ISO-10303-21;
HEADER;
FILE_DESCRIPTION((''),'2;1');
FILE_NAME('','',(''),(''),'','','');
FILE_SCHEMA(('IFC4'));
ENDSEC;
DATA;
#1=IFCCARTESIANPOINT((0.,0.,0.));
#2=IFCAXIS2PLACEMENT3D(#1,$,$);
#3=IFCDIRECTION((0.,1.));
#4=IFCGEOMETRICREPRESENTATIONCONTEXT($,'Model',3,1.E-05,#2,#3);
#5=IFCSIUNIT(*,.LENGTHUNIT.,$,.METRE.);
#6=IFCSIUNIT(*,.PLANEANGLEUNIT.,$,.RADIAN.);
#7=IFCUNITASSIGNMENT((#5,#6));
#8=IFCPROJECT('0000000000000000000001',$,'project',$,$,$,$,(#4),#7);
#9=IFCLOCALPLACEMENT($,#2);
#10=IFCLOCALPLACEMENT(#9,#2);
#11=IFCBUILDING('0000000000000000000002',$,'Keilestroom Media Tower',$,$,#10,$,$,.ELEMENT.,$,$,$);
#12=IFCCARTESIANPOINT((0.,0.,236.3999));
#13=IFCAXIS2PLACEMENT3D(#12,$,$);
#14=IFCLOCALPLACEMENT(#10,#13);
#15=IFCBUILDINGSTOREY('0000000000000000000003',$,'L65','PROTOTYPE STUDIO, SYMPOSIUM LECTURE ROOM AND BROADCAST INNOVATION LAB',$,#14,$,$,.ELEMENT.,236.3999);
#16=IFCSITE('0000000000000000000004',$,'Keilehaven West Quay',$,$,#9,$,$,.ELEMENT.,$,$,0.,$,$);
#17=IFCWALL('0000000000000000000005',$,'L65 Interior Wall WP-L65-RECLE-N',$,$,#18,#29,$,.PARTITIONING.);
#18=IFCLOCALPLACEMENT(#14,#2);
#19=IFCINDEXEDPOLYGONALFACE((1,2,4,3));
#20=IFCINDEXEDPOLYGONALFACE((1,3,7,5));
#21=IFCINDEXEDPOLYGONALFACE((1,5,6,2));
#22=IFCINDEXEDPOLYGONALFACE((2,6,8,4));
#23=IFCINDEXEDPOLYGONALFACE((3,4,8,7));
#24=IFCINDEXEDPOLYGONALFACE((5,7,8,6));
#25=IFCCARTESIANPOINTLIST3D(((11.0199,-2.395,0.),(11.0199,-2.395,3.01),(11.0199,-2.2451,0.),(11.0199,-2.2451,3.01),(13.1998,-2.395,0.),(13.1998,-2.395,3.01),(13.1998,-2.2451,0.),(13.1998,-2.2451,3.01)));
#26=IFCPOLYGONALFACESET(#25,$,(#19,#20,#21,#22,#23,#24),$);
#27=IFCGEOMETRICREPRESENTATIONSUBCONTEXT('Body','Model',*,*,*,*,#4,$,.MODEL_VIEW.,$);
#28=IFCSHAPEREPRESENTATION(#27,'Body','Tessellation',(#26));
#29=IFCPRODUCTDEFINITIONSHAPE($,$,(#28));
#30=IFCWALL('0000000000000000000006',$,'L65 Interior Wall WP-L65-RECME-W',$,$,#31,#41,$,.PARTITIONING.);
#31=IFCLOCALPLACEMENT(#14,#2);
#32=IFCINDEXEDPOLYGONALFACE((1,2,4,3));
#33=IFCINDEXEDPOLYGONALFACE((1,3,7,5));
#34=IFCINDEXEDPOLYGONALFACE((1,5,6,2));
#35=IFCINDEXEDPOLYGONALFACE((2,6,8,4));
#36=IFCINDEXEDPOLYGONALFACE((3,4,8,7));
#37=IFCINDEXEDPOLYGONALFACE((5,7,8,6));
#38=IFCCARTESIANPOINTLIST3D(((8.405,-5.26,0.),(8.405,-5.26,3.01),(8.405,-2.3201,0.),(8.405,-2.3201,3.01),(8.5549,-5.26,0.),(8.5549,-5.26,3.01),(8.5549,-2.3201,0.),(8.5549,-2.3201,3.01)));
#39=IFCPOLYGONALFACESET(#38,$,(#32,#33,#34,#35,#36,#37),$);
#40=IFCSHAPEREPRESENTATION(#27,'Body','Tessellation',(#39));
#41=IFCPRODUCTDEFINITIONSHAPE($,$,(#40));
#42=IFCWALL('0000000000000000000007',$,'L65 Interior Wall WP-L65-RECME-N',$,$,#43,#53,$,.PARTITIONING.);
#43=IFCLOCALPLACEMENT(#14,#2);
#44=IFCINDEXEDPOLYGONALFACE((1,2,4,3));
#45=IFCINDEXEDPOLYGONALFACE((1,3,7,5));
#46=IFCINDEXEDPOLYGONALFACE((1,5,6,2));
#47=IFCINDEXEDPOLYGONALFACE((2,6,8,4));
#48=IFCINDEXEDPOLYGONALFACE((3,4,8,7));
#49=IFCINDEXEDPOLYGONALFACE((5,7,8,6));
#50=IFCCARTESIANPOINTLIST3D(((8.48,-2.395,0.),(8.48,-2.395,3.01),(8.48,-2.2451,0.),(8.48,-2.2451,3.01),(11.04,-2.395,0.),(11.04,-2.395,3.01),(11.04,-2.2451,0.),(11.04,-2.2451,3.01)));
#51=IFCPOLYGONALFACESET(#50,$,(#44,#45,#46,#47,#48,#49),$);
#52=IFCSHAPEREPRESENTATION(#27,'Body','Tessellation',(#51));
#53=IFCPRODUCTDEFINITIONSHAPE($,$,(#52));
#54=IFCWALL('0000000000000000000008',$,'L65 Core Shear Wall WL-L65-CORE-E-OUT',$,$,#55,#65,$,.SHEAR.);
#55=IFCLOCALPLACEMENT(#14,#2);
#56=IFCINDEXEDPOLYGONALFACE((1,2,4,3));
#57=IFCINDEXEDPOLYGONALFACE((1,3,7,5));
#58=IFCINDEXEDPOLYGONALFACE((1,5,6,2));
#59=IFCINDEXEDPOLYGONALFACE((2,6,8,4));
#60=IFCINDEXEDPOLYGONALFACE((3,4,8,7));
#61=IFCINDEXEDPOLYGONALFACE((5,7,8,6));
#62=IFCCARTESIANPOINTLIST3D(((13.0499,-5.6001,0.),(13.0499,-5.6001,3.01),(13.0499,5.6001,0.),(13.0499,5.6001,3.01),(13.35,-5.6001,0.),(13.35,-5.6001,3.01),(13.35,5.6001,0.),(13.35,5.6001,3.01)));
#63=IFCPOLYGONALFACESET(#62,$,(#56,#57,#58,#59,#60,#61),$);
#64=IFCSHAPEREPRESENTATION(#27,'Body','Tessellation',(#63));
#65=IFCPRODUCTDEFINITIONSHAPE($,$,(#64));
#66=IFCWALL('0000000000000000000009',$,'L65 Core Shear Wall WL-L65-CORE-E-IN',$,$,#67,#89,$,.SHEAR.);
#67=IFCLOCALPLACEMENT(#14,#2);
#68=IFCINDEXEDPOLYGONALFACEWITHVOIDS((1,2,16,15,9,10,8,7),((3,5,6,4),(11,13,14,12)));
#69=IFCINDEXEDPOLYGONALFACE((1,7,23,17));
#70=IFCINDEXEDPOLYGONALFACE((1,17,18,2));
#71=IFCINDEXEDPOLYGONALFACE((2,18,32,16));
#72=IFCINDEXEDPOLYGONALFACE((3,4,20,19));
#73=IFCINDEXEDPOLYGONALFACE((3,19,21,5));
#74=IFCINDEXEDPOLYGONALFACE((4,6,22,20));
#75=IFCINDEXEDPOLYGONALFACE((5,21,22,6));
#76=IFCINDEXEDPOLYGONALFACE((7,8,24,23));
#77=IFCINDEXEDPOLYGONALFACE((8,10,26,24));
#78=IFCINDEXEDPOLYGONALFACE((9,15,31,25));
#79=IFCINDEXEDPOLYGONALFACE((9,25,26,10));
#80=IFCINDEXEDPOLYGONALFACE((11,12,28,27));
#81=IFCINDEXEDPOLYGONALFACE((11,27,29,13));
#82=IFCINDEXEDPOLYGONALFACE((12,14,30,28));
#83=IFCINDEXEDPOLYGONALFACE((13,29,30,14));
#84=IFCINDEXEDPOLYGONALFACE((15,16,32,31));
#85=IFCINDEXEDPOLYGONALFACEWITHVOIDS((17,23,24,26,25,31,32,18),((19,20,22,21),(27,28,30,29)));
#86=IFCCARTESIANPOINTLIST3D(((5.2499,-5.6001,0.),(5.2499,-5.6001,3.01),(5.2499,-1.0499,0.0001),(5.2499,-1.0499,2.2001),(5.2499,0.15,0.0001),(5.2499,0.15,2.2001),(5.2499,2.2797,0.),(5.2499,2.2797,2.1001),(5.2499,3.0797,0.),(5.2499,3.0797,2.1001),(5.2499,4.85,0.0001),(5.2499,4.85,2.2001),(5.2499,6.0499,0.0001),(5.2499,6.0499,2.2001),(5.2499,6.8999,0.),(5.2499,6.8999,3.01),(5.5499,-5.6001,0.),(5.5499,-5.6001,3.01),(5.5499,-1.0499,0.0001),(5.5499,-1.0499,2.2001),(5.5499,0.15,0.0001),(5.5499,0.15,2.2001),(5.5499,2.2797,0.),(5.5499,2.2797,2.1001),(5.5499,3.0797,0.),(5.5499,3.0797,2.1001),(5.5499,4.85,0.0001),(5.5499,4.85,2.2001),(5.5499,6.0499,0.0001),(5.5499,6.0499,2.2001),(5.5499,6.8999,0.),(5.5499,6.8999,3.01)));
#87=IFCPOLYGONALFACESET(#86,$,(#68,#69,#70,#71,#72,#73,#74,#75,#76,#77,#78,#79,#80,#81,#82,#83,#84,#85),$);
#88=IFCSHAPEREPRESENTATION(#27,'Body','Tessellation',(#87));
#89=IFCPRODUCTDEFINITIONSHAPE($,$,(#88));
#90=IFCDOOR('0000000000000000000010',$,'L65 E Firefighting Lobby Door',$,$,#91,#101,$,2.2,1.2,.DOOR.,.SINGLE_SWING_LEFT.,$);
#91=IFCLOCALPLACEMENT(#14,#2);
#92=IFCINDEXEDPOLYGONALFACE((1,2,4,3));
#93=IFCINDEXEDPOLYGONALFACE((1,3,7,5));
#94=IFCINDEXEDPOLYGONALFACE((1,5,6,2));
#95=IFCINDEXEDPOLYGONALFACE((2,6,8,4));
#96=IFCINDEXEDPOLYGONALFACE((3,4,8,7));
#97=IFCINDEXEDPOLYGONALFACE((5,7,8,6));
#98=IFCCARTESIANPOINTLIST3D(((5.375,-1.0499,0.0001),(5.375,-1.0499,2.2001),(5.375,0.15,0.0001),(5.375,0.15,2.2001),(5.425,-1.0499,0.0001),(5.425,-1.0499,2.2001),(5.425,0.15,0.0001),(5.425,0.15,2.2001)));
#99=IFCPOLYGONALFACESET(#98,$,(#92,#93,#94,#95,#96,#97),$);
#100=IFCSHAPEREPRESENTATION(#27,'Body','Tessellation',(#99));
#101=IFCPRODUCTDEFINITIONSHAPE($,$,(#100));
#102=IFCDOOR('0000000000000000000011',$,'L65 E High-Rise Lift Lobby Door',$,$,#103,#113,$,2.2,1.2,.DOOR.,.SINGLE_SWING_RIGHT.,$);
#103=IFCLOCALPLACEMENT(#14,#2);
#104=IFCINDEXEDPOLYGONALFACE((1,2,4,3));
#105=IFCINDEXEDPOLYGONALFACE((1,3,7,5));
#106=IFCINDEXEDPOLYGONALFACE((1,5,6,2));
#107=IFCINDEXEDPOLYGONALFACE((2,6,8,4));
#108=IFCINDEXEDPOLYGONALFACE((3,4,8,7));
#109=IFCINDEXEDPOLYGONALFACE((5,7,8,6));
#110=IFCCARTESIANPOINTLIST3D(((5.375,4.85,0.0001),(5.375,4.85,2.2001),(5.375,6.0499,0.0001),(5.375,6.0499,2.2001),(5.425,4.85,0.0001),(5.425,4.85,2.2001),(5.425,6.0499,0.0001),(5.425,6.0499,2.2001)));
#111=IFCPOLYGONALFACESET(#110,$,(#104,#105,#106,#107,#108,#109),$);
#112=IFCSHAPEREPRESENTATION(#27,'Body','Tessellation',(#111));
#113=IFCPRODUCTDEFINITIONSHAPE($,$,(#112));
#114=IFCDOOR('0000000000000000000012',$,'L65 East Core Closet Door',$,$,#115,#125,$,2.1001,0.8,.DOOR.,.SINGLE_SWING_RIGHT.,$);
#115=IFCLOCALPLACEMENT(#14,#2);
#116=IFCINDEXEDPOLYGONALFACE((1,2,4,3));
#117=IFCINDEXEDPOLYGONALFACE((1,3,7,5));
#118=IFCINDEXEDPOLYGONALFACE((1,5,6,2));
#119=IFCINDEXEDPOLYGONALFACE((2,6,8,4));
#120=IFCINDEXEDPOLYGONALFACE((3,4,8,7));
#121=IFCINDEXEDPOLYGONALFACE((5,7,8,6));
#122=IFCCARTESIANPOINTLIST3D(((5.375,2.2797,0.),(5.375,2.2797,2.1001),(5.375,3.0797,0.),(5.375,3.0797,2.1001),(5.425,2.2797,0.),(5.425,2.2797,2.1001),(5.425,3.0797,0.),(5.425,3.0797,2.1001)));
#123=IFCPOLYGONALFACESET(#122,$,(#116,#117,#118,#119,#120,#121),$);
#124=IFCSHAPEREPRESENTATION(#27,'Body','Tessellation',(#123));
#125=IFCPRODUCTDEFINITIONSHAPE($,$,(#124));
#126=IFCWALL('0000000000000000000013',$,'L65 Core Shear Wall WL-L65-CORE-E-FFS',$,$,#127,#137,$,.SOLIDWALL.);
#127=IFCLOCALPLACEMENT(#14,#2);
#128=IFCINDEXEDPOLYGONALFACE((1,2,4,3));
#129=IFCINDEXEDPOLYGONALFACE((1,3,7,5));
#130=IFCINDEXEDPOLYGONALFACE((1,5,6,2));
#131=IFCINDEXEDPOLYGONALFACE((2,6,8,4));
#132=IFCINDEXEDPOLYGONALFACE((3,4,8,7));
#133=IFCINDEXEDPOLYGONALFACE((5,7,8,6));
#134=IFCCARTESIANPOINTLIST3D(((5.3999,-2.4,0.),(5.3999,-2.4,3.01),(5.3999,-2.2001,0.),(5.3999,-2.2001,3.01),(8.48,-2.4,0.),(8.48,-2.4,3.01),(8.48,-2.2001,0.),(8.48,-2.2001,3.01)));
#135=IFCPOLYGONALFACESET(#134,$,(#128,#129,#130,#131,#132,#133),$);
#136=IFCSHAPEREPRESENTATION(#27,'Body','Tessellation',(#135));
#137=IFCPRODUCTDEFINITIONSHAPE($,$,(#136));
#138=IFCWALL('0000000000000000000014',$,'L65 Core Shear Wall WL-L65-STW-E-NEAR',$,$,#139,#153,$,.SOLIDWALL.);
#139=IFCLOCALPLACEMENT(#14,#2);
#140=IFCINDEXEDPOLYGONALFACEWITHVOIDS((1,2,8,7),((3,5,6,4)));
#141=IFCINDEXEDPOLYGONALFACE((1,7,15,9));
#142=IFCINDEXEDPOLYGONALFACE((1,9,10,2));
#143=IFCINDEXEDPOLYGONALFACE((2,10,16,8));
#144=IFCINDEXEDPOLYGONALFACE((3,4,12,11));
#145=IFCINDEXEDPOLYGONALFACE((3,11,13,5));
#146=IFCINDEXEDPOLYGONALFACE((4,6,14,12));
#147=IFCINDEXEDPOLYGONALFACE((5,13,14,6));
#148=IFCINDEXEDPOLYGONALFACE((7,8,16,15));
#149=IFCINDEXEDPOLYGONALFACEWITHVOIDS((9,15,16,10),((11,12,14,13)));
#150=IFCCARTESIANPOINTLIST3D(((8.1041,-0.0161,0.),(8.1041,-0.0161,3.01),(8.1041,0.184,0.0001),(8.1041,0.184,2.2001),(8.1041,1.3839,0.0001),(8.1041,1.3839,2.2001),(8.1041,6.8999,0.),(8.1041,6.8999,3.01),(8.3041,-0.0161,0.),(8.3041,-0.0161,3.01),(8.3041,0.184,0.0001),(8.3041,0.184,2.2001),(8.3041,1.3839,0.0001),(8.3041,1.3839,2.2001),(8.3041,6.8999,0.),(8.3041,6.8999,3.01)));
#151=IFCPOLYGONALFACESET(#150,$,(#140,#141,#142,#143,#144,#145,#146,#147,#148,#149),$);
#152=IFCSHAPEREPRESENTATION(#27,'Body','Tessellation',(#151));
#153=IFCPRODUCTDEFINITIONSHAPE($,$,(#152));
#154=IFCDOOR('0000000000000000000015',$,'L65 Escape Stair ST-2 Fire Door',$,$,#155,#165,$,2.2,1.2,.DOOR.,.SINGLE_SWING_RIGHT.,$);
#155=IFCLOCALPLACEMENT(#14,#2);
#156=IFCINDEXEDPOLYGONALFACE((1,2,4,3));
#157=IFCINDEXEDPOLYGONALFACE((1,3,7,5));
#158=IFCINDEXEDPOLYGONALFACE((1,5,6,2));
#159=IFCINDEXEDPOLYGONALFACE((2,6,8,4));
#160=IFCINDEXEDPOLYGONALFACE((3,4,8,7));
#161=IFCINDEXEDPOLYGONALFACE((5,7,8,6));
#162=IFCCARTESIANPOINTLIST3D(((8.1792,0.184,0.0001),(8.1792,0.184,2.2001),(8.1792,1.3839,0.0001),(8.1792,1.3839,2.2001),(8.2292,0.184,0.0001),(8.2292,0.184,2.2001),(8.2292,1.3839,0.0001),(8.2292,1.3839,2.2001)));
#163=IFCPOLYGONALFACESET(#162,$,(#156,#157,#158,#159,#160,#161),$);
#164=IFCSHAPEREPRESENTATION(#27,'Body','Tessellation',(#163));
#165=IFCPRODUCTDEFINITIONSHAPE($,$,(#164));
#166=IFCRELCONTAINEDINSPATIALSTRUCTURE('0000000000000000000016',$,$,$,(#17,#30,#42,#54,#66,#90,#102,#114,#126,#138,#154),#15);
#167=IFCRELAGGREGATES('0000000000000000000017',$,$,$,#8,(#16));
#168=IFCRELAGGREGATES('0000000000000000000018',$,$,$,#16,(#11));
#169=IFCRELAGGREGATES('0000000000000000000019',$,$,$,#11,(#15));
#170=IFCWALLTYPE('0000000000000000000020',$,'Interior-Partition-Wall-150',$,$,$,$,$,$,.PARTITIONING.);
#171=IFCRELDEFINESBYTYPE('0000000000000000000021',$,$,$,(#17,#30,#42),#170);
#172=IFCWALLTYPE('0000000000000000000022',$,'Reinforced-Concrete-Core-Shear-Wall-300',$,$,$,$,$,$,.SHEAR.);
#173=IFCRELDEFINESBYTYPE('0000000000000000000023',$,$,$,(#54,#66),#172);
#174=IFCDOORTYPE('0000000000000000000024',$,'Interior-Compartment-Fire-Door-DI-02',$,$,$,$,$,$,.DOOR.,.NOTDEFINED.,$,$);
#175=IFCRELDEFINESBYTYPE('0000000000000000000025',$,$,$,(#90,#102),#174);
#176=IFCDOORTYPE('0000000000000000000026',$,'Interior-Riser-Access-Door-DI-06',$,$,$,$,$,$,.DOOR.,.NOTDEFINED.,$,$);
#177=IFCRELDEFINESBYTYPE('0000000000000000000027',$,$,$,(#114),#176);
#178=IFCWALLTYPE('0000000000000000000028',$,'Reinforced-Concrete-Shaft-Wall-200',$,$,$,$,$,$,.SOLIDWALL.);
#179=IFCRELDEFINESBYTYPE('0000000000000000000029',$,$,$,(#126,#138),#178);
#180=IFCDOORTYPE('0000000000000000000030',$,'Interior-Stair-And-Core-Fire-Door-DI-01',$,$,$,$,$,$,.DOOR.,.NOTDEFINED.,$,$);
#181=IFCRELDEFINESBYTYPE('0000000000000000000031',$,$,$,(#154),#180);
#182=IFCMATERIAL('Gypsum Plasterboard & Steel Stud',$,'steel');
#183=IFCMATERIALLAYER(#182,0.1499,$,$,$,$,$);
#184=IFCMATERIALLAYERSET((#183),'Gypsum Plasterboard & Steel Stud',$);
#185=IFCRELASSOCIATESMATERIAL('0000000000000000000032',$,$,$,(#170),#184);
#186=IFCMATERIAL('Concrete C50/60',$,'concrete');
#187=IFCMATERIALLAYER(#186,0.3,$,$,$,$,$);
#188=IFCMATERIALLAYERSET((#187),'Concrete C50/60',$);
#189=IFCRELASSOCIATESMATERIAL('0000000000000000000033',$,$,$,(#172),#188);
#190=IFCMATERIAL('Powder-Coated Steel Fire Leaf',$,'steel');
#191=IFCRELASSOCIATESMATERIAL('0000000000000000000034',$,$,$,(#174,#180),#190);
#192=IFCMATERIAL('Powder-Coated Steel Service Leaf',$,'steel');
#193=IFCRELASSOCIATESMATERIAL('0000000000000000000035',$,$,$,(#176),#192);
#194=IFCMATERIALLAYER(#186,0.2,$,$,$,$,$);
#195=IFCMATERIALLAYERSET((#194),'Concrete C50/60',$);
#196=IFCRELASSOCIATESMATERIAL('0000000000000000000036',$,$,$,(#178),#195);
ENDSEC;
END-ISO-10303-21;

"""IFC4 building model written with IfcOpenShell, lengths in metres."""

from ifc_helpers import new_model, si_unit, direction, frame, frame_2d, origin, place, context, subcontext, project, spatial, rectangle, extrude, source, transform, mapped, material, layer, layer_set, type_object, element, fill, save


model = new_model("IFC4")

# Units and contexts
model_context = context("Model", 3, precision=1e-05, world=origin(), true_north=direction((0.0, 1.0)))
body_context = subcontext(model_context, "Body", "Model", "MODEL_VIEW")
ifc_project = project(units=[si_unit("LENGTHUNIT", "METRE"), si_unit("PLANEANGLEUNIT", "RADIAN")], contexts=[model_context])

# Site, building, storey
site_placement = place(None, origin())
site = spatial("IfcSite", under=ifc_project, at=site_placement, Name="Keilehaven West Quay", CompositionType="ELEMENT", RefElevation=0.0)
building_placement = place(site_placement, origin())
building = spatial("IfcBuilding", under=site, at=building_placement, Name="Keilestroom Media Tower", CompositionType="ELEMENT")
storey_placement = place(building_placement, frame((0.0, 0.0, 236.3999)))
storey = spatial("IfcBuildingStorey", under=building, at=storey_placement, Name="L65", Description="PROTOTYPE STUDIO, SYMPOSIUM LECTURE ROOM AND BROADCAST INNOVATION LAB", CompositionType="ELEMENT", Elevation=236.3999)

# Shared definitions
ifc_material_1 = material(Name="Concrete C50/60", Category="concrete")

# Walls
ifc_material_2 = material(Name="Gypsum Plasterboard & Steel Stud", Category="steel")
ifc_layer_1 = layer(ifc_material_2, 0.1499)
ifc_layer_set_1 = layer_set([ifc_layer_1], Name="Gypsum Plasterboard & Steel Stud")
wall_type_1 = type_object("IfcWallType", Name="Interior-Partition-Wall-150", PredefinedType="PARTITIONING", material=ifc_layer_set_1)
wall_1_placement = place(storey_placement, frame((11.02, -2.3201, 0.0), z_axis=(0.0, 0.0, 1.0), x_axis=(1.0, 0.0, 0.0)))
element("IfcWall", 1, at=wall_1_placement, inside=storey, type_object=wall_type_1, Name="L65 Interior Wall WP-L65-RECLE-N", PredefinedType="PARTITIONING", context=body_context, shape_type="SweptSolid", body=[
    extrude(rectangle(XDim=2.1799, YDim=0.1499, at=frame_2d((1.0898, 0.0))), origin(), (0.0, 0.0, 1.0), 3.01),
])
wall_2_placement = place(storey_placement, frame((8.48, -5.26, 0.0), z_axis=(0.0, 0.0, 1.0), x_axis=(0.0, 1.0, 0.0)))
element("IfcWall", 2, at=wall_2_placement, inside=storey, type_object=wall_type_1, Name="L65 Interior Wall WP-L65-RECME-W", PredefinedType="PARTITIONING", context=body_context, shape_type="SweptSolid", body=[
    extrude(rectangle(XDim=2.9399, YDim=0.1499, at=frame_2d((1.47, 0.0))), origin(), (0.0, 0.0, 1.0), 3.01),
])
wall_3_placement = place(storey_placement, frame((8.48, -2.3201, 0.0), z_axis=(0.0, 0.0, 1.0), x_axis=(1.0, 0.0, 0.0)))
element("IfcWall", 3, at=wall_3_placement, inside=storey, type_object=wall_type_1, Name="L65 Interior Wall WP-L65-RECME-N", PredefinedType="PARTITIONING", context=body_context, shape_type="SweptSolid", body=[
    extrude(rectangle(XDim=2.5601, YDim=0.1499, at=frame_2d((1.28, 0.0))), origin(), (0.0, 0.0, 1.0), 3.01),
])
ifc_layer_2 = layer(ifc_material_1, 0.3)
ifc_layer_set_2 = layer_set([ifc_layer_2], Name="Concrete C50/60")
wall_type_2 = type_object("IfcWallType", Name="Reinforced-Concrete-Core-Shear-Wall-300", PredefinedType="SHEAR", material=ifc_layer_set_2)
wall_4_placement = place(storey_placement, frame((13.2, -5.6001, 0.0), z_axis=(0.0, 0.0, 1.0), x_axis=(0.0, 1.0, 0.0)))
element("IfcWall", 4, at=wall_4_placement, inside=storey, type_object=wall_type_2, Name="L65 Core Shear Wall WL-L65-CORE-E-OUT", PredefinedType="SHEAR", context=body_context, shape_type="SweptSolid", body=[
    extrude(rectangle(XDim=11.2002, YDim=0.3, at=frame_2d((5.6001, 0.0))), origin(), (0.0, 0.0, 1.0), 3.01),
])

# Wall, openings, doors
wall_5_placement = place(storey_placement, frame((5.3999, -5.6001, 0.0), z_axis=(0.0, 0.0, 1.0), x_axis=(0.0, 1.0, 0.0)))
wall_5 = element("IfcWall", 5, at=wall_5_placement, inside=storey, type_object=wall_type_2, Name="L65 Core Shear Wall WL-L65-CORE-E-IN", PredefinedType="SHEAR", context=body_context, shape_type="SweptSolid", body=[
    extrude(rectangle(XDim=12.5, YDim=0.3, at=frame_2d((6.25, 0.0))), origin(), (0.0, 0.0, 1.0), 3.01),
])
opening_1_placement = place(wall_5_placement, frame((4.55, 0.0, 0.0)))
opening_1 = element("IfcOpeningElement", 6, at=opening_1_placement, cuts=wall_5, PredefinedType="OPENING", context=body_context, shape_type="SweptSolid", body=[
    extrude(rectangle(XDim=1.2, YDim=2.2, at=frame_2d((0.6001, 1.1001))), frame((0.0, 0.1602, 0.0), z_axis=(0.0, -1.0, 0.0), x_axis=(1.0, 0.0, 0.0)), (0.0, 0.0, 1.0), 0.3201),
])
opening_2_placement = place(wall_5_placement, frame((10.45, 0.0, 0.0)))
opening_2 = element("IfcOpeningElement", 7, at=opening_2_placement, cuts=wall_5, PredefinedType="OPENING", context=body_context, shape_type="SweptSolid", body=[
    extrude(rectangle(XDim=1.2, YDim=2.2, at=frame_2d((0.6001, 1.1001))), frame((0.0, 0.1602, 0.0), z_axis=(0.0, -1.0, 0.0), x_axis=(1.0, 0.0, 0.0)), (0.0, 0.0, 1.0), 0.3201),
])
opening_3_placement = place(wall_5_placement, frame((7.8799, 0.0, 0.0)))
opening_3 = element("IfcOpeningElement", 8, at=opening_3_placement, cuts=wall_5, PredefinedType="OPENING", context=body_context, shape_type="SweptSolid", body=[
    extrude(rectangle(XDim=0.8, YDim=2.1001, at=frame_2d((0.3999, 1.05))), frame((0.0, 0.1602, 0.0), z_axis=(0.0, -1.0, 0.0), x_axis=(1.0, 0.0, 0.0)), (0.0, 0.0, 1.0), 0.3201),
])
ifc_material_3 = material(Name="Powder-Coated Steel Fire Leaf", Category="steel")
door_type_1 = type_object("IfcDoorType", Name="Interior-Compartment-Fire-Door-DI-02", OperationType="NOTDEFINED", PredefinedType="DOOR", material=ifc_material_3)
shared_shape_1 = source(origin(), body_context, "Body", "SweptSolid", [
    extrude(rectangle(XDim=1.2, YDim=2.2, at=frame_2d((0.6001, 1.1001))), frame((0.0, 0.0249, 0.0), z_axis=(0.0, -1.0, 0.0), x_axis=(1.0, 0.0, 0.0)), (0.0, 0.0, 1.0), 0.05),
])
door_1_placement = place(opening_1_placement, origin())
door_1 = element("IfcDoor", 9, at=door_1_placement, inside=storey, type_object=door_type_1, Name="L65 E Firefighting Lobby Door", OperationType="SINGLE_SWING_LEFT", OverallHeight=2.2, OverallWidth=1.2, PredefinedType="DOOR", context=body_context, shape_type="MappedRepresentation", body=[
    mapped(shared_shape_1, transform((0.0, 0.0, 0.0), x_axis=(1.0, 0.0, 0.0), y_axis=(0.0, 1.0, 0.0), z_axis=(0.0, 0.0, 1.0), scale=1.0)),
])
fill(opening_1, door_1)
door_2_placement = place(opening_2_placement, origin())
door_2 = element("IfcDoor", 10, at=door_2_placement, inside=storey, type_object=door_type_1, Name="L65 E High-Rise Lift Lobby Door", OperationType="SINGLE_SWING_RIGHT", OverallHeight=2.2, OverallWidth=1.2, PredefinedType="DOOR", context=body_context, shape_type="MappedRepresentation", body=[
    mapped(shared_shape_1, transform((0.0, 0.0, 0.0), x_axis=(1.0, 0.0, 0.0), y_axis=(0.0, 1.0, 0.0), z_axis=(0.0, 0.0, 1.0), scale=1.0)),
])
fill(opening_2, door_2)
ifc_material_4 = material(Name="Powder-Coated Steel Service Leaf", Category="steel")
door_type_2 = type_object("IfcDoorType", Name="Interior-Riser-Access-Door-DI-06", OperationType="NOTDEFINED", PredefinedType="DOOR", material=ifc_material_4)
shared_shape_2 = source(origin(), body_context, "Body", "SweptSolid", [
    extrude(rectangle(XDim=0.8, YDim=2.1001, at=frame_2d((0.3999, 1.05))), frame((0.0, 0.0249, 0.0), z_axis=(0.0, -1.0, 0.0), x_axis=(1.0, 0.0, 0.0)), (0.0, 0.0, 1.0), 0.05),
])
door_3_placement = place(opening_3_placement, origin())
door_3 = element("IfcDoor", 11, at=door_3_placement, inside=storey, type_object=door_type_2, Name="L65 East Core Closet Door", OperationType="SINGLE_SWING_RIGHT", OverallHeight=2.1001, OverallWidth=0.8, PredefinedType="DOOR", context=body_context, shape_type="MappedRepresentation", body=[
    mapped(shared_shape_2, transform((0.0, 0.0, 0.0), x_axis=(1.0, 0.0, 0.0), y_axis=(0.0, 1.0, 0.0), z_axis=(0.0, 0.0, 1.0), scale=1.0)),
])
fill(opening_3, door_3)

# Wall
ifc_layer_3 = layer(ifc_material_1, 0.2)
ifc_layer_set_3 = layer_set([ifc_layer_3], Name="Concrete C50/60")
wall_type_3 = type_object("IfcWallType", Name="Reinforced-Concrete-Shaft-Wall-200", PredefinedType="SOLIDWALL", material=ifc_layer_set_3)
wall_6_placement = place(storey_placement, frame((5.3999, -2.3, 0.0), z_axis=(0.0, 0.0, 1.0), x_axis=(1.0, 0.0, 0.0)))
element("IfcWall", 12, at=wall_6_placement, inside=storey, type_object=wall_type_3, Name="L65 Core Shear Wall WL-L65-CORE-E-FFS", PredefinedType="SOLIDWALL", context=body_context, shape_type="SweptSolid", body=[
    extrude(rectangle(XDim=3.0801, YDim=0.2, at=frame_2d((1.54, 0.0))), origin(), (0.0, 0.0, 1.0), 3.01),
])

# Wall, opening, door
wall_7_placement = place(storey_placement, frame((8.2041, -0.0161, 0.0), z_axis=(0.0, 0.0, 1.0), x_axis=(0.0, 1.0, 0.0)))
wall_7 = element("IfcWall", 13, at=wall_7_placement, inside=storey, type_object=wall_type_3, Name="L65 Core Shear Wall WL-L65-STW-E-NEAR", PredefinedType="SOLIDWALL", context=body_context, shape_type="SweptSolid", body=[
    extrude(rectangle(XDim=6.916, YDim=0.2, at=frame_2d((3.458, 0.0))), origin(), (0.0, 0.0, 1.0), 3.01),
])
opening_4_placement = place(wall_7_placement, frame((0.2, 0.0, 0.0)))
opening_4 = element("IfcOpeningElement", 14, at=opening_4_placement, cuts=wall_7, PredefinedType="OPENING", context=body_context, shape_type="SweptSolid", body=[
    extrude(rectangle(XDim=1.2, YDim=2.2, at=frame_2d((0.6001, 1.1001))), frame((0.0, 0.1099, 0.0), z_axis=(0.0, -1.0, 0.0), x_axis=(1.0, 0.0, 0.0)), (0.0, 0.0, 1.0), 0.22),
])
door_type_3 = type_object("IfcDoorType", Name="Interior-Stair-And-Core-Fire-Door-DI-01", OperationType="NOTDEFINED", PredefinedType="DOOR", material=ifc_material_3)
door_4_placement = place(opening_4_placement, origin())
door_4 = element("IfcDoor", 15, at=door_4_placement, inside=storey, type_object=door_type_3, Name="L65 Escape Stair ST-2 Fire Door", OperationType="SINGLE_SWING_RIGHT", OverallHeight=2.2, OverallWidth=1.2, PredefinedType="DOOR", context=body_context, shape_type="MappedRepresentation", body=[
    mapped(shared_shape_1, transform((0.0, 0.0, 0.0), x_axis=(1.0, 0.0, 0.0), y_axis=(0.0, 1.0, 0.0), z_axis=(0.0, 0.0, 1.0), scale=1.0)),
])
fill(opening_4, door_4)

save(model, "model.ifc")
